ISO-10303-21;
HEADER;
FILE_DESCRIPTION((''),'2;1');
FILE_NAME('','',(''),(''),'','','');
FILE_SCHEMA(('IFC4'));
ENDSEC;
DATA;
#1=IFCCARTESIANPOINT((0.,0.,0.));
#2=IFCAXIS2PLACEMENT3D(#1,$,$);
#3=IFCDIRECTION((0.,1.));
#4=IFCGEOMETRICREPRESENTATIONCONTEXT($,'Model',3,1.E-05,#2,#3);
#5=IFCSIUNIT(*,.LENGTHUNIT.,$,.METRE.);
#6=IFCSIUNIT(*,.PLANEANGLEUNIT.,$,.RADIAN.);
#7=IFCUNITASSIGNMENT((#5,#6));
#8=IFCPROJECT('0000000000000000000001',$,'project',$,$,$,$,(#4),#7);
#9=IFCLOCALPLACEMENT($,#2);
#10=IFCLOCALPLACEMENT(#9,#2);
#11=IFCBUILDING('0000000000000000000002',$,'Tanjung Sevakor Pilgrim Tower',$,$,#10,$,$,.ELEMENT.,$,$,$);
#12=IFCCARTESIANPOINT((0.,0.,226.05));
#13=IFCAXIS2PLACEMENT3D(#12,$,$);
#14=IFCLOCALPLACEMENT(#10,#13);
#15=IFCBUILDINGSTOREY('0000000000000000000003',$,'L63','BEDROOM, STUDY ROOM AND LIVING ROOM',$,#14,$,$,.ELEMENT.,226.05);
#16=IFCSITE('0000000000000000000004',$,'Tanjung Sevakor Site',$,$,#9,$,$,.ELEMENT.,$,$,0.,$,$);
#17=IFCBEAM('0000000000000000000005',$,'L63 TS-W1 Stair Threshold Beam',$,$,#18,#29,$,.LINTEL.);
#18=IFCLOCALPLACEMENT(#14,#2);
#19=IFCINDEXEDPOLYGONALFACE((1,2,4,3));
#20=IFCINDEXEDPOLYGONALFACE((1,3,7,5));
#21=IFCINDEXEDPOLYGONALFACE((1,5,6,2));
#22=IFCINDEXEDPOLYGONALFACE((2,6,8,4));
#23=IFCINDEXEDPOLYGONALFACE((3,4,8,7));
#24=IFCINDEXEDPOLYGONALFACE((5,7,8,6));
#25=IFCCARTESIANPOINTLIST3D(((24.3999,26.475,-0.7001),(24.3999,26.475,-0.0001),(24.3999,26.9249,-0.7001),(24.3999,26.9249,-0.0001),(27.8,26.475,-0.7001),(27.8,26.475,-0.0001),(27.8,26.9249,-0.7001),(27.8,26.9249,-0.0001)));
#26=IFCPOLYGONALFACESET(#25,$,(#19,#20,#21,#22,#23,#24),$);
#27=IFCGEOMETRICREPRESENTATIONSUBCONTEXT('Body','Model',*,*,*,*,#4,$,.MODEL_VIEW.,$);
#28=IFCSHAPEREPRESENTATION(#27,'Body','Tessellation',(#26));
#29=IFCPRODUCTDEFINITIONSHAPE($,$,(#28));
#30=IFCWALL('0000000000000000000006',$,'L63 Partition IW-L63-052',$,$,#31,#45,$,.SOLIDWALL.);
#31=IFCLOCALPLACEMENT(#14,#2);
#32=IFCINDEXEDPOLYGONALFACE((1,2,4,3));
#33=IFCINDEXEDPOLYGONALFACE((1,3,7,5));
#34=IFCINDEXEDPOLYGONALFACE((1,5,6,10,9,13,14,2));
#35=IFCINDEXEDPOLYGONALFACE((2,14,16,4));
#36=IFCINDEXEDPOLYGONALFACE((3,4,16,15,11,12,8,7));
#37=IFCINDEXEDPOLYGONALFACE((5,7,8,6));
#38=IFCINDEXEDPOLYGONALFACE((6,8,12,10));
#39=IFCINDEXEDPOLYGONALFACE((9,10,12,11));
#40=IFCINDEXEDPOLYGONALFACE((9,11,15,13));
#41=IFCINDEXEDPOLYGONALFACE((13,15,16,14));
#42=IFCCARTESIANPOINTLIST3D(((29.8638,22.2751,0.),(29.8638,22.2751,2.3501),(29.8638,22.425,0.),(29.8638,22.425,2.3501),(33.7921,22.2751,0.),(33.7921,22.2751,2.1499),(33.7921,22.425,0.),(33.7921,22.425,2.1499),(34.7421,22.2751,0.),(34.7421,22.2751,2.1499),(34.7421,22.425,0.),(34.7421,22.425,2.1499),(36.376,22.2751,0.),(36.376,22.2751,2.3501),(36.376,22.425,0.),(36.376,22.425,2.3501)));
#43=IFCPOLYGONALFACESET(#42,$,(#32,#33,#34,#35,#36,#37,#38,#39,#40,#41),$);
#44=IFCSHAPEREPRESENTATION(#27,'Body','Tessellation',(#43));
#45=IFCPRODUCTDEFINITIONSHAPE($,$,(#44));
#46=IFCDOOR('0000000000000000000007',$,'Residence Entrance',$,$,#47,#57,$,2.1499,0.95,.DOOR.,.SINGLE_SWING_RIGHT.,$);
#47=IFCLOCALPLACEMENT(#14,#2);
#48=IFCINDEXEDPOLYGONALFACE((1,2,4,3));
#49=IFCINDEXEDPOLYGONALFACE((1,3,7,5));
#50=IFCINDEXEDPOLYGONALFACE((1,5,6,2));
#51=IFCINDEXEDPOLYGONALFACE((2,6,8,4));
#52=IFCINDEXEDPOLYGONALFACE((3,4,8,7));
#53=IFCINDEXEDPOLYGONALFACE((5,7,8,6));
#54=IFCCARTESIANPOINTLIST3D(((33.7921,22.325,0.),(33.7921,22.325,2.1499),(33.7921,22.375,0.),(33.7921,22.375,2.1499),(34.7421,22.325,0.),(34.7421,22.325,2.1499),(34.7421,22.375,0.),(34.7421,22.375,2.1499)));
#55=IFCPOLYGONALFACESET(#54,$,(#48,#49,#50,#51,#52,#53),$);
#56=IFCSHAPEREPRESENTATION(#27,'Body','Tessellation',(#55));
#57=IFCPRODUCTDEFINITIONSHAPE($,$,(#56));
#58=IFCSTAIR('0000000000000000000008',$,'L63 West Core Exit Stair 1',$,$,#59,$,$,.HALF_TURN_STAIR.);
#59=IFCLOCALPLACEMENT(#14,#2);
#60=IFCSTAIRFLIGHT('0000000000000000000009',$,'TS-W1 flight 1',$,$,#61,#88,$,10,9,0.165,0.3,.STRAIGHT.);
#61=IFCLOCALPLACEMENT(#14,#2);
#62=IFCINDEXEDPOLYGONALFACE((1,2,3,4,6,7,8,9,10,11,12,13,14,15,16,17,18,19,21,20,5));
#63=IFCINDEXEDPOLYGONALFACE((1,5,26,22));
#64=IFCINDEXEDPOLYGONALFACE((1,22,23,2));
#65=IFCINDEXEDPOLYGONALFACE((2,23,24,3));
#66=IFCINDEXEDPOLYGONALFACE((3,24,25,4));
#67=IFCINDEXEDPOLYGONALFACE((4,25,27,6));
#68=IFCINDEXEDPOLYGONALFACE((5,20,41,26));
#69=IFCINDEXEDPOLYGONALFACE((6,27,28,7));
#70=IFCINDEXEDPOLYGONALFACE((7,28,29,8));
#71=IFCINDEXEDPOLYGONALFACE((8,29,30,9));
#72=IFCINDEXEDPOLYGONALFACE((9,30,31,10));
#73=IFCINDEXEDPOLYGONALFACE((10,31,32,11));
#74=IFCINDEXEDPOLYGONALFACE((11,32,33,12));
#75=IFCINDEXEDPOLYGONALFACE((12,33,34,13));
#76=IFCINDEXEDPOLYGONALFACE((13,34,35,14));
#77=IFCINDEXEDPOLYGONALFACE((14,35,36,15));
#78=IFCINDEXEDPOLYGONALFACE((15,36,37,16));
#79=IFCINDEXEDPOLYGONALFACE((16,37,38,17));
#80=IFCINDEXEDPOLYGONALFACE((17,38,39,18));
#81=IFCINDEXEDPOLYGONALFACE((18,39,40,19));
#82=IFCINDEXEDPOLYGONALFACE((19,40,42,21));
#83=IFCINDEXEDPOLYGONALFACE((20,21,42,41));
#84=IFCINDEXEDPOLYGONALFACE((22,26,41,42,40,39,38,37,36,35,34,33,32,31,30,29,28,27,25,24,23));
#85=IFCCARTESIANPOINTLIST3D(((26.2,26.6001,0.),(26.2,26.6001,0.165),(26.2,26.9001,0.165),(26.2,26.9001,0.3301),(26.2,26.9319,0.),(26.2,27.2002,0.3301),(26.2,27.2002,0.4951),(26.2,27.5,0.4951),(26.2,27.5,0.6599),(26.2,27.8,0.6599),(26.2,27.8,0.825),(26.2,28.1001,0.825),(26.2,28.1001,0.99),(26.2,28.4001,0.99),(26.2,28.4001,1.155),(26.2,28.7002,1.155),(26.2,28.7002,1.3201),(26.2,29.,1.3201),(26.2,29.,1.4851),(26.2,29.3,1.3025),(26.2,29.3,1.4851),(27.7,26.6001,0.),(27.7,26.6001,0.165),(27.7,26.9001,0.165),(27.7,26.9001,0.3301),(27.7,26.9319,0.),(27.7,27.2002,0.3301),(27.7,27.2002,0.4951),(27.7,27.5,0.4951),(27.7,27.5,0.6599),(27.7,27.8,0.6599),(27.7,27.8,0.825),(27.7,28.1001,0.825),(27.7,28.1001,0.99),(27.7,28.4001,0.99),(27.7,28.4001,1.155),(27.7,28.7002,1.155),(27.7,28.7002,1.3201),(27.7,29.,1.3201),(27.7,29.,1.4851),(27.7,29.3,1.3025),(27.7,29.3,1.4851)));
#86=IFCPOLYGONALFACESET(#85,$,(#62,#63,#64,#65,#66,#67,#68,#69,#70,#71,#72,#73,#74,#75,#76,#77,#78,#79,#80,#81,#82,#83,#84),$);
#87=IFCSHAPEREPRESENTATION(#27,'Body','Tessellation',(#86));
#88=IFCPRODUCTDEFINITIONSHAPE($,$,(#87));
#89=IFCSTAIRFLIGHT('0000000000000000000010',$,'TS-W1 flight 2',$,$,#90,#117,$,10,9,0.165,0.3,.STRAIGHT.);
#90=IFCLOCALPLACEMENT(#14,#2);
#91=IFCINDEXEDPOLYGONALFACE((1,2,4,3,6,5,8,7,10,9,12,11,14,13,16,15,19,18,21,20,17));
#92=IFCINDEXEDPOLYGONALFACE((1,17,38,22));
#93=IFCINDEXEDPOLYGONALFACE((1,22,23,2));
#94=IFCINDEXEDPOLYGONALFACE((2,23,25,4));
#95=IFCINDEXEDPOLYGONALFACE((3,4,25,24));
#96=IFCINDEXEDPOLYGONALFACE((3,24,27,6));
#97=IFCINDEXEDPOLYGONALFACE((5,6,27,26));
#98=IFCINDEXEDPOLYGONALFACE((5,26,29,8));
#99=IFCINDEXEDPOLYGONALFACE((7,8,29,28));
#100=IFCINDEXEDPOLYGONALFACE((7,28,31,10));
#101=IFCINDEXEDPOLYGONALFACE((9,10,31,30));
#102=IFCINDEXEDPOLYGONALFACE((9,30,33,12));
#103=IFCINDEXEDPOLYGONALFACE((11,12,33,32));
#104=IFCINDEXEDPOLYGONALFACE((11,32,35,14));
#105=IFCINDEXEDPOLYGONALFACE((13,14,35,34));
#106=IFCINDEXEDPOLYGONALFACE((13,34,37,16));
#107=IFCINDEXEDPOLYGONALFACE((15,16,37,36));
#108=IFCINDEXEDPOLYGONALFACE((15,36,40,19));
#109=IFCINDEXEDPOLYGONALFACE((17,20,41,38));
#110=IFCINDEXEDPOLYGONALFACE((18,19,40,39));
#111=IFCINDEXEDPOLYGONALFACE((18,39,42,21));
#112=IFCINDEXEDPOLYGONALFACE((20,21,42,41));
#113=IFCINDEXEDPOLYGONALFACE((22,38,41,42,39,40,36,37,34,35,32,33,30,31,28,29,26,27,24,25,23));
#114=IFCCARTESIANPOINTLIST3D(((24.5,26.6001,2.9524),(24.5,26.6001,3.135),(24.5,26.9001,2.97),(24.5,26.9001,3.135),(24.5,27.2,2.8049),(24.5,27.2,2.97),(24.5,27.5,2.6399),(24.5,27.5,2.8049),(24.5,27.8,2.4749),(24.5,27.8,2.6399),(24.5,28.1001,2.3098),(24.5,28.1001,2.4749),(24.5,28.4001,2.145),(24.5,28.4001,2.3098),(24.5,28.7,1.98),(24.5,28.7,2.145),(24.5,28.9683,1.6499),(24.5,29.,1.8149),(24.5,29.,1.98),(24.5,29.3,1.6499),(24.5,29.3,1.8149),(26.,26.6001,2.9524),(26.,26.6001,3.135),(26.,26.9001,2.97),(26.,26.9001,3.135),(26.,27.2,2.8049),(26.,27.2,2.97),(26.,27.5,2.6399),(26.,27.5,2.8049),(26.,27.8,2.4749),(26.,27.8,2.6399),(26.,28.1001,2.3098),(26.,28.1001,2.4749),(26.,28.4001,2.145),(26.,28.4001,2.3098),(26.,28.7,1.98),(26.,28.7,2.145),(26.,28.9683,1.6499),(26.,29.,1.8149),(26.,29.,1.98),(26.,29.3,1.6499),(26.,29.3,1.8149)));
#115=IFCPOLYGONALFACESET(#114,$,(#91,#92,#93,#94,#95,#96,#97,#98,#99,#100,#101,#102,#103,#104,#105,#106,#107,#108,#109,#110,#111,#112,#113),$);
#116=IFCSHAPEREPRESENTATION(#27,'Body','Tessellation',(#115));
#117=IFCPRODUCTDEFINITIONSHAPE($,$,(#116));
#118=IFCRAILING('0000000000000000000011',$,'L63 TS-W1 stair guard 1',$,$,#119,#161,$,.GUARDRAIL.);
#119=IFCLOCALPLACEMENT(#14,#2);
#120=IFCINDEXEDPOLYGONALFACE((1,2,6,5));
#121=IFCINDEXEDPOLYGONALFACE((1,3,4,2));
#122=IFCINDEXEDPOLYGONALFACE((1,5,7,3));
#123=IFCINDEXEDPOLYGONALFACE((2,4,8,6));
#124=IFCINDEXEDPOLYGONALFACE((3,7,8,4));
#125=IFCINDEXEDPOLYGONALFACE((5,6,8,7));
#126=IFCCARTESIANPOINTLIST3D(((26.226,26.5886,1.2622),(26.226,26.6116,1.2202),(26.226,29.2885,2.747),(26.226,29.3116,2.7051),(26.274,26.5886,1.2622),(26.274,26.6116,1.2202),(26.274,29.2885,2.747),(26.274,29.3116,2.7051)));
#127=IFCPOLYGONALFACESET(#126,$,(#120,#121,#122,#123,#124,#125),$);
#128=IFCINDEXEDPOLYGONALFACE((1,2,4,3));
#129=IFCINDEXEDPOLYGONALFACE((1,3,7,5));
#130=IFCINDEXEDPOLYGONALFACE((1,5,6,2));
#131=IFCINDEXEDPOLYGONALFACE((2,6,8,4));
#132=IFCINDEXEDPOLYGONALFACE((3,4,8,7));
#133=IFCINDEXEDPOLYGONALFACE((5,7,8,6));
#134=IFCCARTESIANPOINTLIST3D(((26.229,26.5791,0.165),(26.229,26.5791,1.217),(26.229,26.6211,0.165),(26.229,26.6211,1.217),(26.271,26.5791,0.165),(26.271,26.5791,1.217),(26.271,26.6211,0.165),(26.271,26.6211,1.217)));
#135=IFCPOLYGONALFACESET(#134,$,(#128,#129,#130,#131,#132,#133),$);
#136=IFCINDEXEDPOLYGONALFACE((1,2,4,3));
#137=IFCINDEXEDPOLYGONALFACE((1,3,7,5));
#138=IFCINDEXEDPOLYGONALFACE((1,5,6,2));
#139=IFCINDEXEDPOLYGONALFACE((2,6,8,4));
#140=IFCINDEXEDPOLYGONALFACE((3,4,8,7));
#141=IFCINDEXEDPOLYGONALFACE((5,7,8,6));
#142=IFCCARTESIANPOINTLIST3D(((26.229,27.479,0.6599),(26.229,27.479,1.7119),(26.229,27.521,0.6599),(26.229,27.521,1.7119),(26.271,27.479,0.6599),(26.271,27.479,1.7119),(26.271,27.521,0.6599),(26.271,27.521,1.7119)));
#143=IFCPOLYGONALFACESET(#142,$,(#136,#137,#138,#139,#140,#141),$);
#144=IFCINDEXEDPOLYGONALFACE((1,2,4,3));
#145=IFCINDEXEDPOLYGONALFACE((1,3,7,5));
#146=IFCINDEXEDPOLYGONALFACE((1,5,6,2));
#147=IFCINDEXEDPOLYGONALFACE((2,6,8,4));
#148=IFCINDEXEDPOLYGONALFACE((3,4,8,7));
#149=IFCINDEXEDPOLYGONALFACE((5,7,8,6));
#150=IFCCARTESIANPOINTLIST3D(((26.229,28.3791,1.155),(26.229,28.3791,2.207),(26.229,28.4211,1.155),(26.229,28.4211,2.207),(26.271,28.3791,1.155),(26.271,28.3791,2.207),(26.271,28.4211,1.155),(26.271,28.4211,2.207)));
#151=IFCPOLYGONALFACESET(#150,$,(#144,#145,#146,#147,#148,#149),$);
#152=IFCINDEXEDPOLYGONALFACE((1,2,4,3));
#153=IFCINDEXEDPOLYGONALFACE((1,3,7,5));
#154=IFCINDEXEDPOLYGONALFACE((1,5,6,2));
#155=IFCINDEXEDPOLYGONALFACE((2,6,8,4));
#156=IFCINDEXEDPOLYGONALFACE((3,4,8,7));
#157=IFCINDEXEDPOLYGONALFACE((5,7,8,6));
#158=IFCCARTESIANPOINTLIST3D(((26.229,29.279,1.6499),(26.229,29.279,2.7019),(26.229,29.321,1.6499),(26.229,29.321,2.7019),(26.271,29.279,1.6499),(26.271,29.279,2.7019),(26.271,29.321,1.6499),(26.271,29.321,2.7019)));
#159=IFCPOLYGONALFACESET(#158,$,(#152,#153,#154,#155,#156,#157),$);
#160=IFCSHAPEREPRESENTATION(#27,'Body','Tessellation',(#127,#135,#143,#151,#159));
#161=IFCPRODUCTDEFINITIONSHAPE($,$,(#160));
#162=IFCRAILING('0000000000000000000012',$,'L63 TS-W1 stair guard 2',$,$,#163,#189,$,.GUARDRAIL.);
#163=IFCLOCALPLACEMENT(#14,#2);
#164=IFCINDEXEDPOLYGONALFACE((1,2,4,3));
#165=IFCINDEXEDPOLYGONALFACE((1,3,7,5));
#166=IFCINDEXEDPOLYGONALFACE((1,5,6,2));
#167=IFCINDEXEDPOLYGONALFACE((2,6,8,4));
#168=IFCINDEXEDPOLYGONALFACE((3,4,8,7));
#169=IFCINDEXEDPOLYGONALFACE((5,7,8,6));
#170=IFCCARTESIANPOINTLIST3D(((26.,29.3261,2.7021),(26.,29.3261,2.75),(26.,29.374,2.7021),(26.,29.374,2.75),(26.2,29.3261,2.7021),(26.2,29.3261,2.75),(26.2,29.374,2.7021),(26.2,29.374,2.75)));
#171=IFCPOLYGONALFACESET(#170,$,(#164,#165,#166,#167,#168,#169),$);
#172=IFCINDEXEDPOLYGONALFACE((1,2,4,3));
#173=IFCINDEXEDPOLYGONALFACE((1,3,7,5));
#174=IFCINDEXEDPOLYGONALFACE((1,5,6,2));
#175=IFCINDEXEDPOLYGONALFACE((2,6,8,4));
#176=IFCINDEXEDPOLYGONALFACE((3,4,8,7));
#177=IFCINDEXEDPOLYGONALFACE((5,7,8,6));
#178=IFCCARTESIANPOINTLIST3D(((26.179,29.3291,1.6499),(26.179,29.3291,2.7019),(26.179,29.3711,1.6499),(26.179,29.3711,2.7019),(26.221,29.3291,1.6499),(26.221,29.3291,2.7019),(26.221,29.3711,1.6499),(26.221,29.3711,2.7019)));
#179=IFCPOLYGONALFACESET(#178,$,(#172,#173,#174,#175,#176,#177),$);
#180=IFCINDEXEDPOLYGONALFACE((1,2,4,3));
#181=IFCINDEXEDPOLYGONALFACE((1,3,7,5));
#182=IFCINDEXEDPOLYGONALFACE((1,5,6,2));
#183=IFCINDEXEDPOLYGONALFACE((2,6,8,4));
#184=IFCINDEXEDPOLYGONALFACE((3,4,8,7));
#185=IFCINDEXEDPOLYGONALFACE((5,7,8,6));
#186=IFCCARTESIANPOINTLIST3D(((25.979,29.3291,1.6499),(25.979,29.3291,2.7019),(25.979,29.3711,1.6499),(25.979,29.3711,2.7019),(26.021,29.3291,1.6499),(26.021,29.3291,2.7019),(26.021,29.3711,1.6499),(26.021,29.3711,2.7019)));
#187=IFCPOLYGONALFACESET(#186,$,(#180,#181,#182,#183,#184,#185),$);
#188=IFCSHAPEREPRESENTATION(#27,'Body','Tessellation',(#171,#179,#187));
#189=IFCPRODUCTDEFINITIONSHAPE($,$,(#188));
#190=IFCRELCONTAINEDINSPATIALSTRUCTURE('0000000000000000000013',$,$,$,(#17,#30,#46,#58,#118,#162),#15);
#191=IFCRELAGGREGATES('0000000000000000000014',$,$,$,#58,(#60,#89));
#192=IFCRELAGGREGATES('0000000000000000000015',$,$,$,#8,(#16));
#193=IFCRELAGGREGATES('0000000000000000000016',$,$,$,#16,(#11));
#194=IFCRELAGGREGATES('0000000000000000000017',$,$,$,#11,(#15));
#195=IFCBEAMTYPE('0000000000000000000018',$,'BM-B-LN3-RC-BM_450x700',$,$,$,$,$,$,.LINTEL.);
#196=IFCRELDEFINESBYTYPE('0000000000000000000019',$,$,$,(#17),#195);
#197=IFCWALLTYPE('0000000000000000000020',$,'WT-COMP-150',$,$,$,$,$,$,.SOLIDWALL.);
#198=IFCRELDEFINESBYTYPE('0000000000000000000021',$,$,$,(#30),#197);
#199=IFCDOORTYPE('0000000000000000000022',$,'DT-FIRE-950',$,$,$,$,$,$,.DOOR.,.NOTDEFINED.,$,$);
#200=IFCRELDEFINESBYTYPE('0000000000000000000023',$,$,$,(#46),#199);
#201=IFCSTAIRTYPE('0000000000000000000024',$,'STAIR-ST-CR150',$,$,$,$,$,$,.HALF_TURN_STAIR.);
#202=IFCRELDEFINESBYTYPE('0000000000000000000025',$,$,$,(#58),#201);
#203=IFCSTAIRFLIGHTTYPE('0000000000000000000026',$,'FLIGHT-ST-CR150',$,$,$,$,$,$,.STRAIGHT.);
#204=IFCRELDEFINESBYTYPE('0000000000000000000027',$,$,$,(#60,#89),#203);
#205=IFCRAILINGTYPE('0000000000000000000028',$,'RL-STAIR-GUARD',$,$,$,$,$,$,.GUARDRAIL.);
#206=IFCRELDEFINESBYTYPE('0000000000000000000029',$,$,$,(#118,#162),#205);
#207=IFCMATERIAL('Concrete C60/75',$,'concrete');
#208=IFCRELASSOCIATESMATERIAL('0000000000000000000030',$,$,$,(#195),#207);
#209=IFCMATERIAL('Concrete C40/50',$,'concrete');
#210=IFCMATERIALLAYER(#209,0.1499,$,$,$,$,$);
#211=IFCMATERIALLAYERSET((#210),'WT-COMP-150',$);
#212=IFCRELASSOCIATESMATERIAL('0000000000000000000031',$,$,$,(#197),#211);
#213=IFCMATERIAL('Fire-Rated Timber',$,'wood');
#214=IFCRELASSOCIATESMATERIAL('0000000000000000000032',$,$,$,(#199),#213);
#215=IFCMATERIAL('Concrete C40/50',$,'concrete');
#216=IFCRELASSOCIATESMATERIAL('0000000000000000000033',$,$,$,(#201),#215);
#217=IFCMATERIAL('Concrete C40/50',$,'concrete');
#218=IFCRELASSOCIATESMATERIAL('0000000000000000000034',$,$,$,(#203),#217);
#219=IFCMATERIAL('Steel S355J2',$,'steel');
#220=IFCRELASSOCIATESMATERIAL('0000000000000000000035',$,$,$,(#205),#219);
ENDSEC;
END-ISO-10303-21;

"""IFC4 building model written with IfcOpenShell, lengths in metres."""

from ifc_helpers import new_model, si_unit, direction, frame, frame_2d, origin, origin_2d, place, context, subcontext, project, spatial, polyline, rectangle, outline, extrude, material, layer, layer_set, material_profile, profile_set, type_object, element, fill, aggregate, save


model = new_model("IFC4")

# Units and contexts
model_context = context("Model", 3, precision=1e-05, world=origin(), true_north=direction((0.0, 1.0)))
body_context = subcontext(model_context, "Body", "Model", "MODEL_VIEW")
ifc_project = project(units=[si_unit("LENGTHUNIT", "METRE"), si_unit("PLANEANGLEUNIT", "RADIAN")], contexts=[model_context])

# Site, building, storey
site_placement = place(None, origin())
site = spatial("IfcSite", under=ifc_project, at=site_placement, Name="Tanjung Sevakor Site", CompositionType="ELEMENT", RefElevation=0.0)
building_placement = place(site_placement, origin())
building = spatial("IfcBuilding", under=site, at=building_placement, Name="Tanjung Sevakor Pilgrim Tower", CompositionType="ELEMENT")
storey_placement = place(building_placement, frame((0.0, 0.0, 226.05)))
storey = spatial("IfcBuildingStorey", under=building, at=storey_placement, Name="L63", Description="BEDROOM, STUDY ROOM AND LIVING ROOM", CompositionType="ELEMENT", Elevation=226.05)

# Beam
ifc_material_1 = material(Name="Concrete C60/75", Category="concrete")
ifc_material_profile = material_profile(ifc_material_1, rectangle(XDim=0.45, YDim=0.7, at=origin_2d()))
ifc_profile_set = profile_set([ifc_material_profile], Name="Concrete C60/75")
beam_type = type_object("IfcBeamType", Name="BM-B-LN3-RC-BM_450x700", PredefinedType="LINTEL", material=ifc_profile_set)
beam_placement = place(storey_placement, frame((24.3999, 26.7, -0.3501), z_axis=(1.0, 0.0, 0.0), x_axis=(0.0, 1.0, 0.0)))
element("IfcBeam", 1, at=beam_placement, inside=storey, type_object=beam_type, Name="L63 TS-W1 Stair Threshold Beam", PredefinedType="LINTEL", context=body_context, shape_type="SweptSolid", body=[
    extrude(rectangle(XDim=0.45, YDim=0.7, at=origin_2d()), origin(), (0.0, 0.0, 1.0), 3.4001),
])

# Wall, opening, door
ifc_material_2 = material(Name="Concrete C40/50", Category="concrete")
ifc_layer_1 = layer(ifc_material_2, 0.1499)
ifc_layer_set_1 = layer_set([ifc_layer_1], Name="WT-COMP-150")
wall_type_1 = type_object("IfcWallType", Name="WT-COMP-150", PredefinedType="SOLIDWALL", material=ifc_layer_set_1)
wall_1_placement = place(storey_placement, frame((29.8638, 22.3501, 0.0), z_axis=(0.0, 0.0, 1.0), x_axis=(1.0, 0.0, 0.0)))
wall_1 = element("IfcWall", 2, at=wall_1_placement, inside=storey, type_object=wall_type_1, Name="L63 Partition IW-L63-052", PredefinedType="SOLIDWALL", context=body_context, shape_type="SweptSolid", body=[
    extrude(rectangle(XDim=6.5122, YDim=0.1499, at=frame_2d((3.2561, 0.0))), origin(), (0.0, 0.0, 1.0), 2.3501),
])
opening_1_placement = place(wall_1_placement, frame((3.9282, 0.0, 0.0)))
opening_1 = element("IfcOpeningElement", 3, at=opening_1_placement, cuts=wall_1, PredefinedType="OPENING", context=body_context, shape_type="SweptSolid", body=[
    extrude(rectangle(XDim=0.95, YDim=2.1499, at=frame_2d((0.4751, 1.075))), frame((0.0, 0.085, 0.0), z_axis=(0.0, -1.0, 0.0), x_axis=(1.0, 0.0, 0.0)), (0.0, 0.0, 1.0), 0.1699),
])
ifc_material_3 = material(Name="Fire-Rated Timber", Category="wood")
door_type_1 = type_object("IfcDoorType", Name="DT-FIRE-950", OperationType="NOTDEFINED", PredefinedType="DOOR", material=ifc_material_3)
door_1_placement = place(opening_1_placement, origin())
door_1 = element("IfcDoor", 4, at=door_1_placement, inside=storey, type_object=door_type_1, Name="Residence Entrance", OperationType="SINGLE_SWING_RIGHT", OverallHeight=2.1499, OverallWidth=0.95, PredefinedType="DOOR", context=body_context, shape_type="SweptSolid", body=[
    extrude(rectangle(XDim=0.95, YDim=2.1499, at=frame_2d((0.4751, 1.075))), frame((0.0, 0.0249, 0.0), z_axis=(0.0, -1.0, 0.0), x_axis=(1.0, 0.0, 0.0)), (0.0, 0.0, 1.0), 0.05),
])
fill(opening_1, door_1)

# Stair, stair flights
ifc_material_4 = material(Name="Concrete C40/50", Category="concrete")
stair_type = type_object("IfcStairType", Name="STAIR-ST-CR150", PredefinedType="HALF_TURN_STAIR", material=ifc_material_4)
stair_placement = place(storey_placement, origin())
stair = element("IfcStair", 5, at=stair_placement, inside=storey, type_object=stair_type, Name="L63 West Core Exit Stair 1", PredefinedType="HALF_TURN_STAIR")
ifc_material_5 = material(Name="Concrete C40/50", Category="concrete")
stair_flight_type = type_object("IfcStairFlightType", Name="FLIGHT-ST-CR150", PredefinedType="STRAIGHT", material=ifc_material_5)
stair_flight_1_placement = place(storey_placement, frame((26.95, 26.6001, 0.0), z_axis=(0.0, 0.0, 1.0), x_axis=(0.0, 1.0, 0.0)))
stair_flight_1 = element("IfcStairFlight", 6, at=stair_flight_1_placement, type_object=stair_flight_type, Name="TS-W1 flight 1", NumberOfRisers=10, NumberOfTreads=9, PredefinedType="STRAIGHT", RiserHeight=0.165, TreadLength=0.3, context=body_context, shape_type="SweptSolid", body=[
    extrude(outline(polyline([(0.0, 0.0), (0.0, 0.165), (0.3, 0.165), (0.3, 0.3301), (0.6001, 0.3301), (0.6001, 0.4951), (0.8999, 0.4951), (0.8999, 0.6599), (1.2, 0.6599), (1.2, 0.825), (1.5, 0.825), (1.5, 0.99), (1.8, 0.99), (1.8, 1.155), (2.1001, 1.155), (2.1001, 1.3201), (2.3999, 1.3201), (2.3999, 1.4851), (2.7, 1.4851), (2.7, 1.6499), (2.7, 1.3025), (0.3318, 0.0), (0.0, 0.0)])), frame((0.0, 0.75, 0.0), z_axis=(0.0, -1.0, 0.0), x_axis=(1.0, 0.0, 0.0)), (0.0, 0.0, 1.0), 1.5),
])
stair_flight_2_placement = place(storey_placement, frame((25.25, 29.3, 1.6499), z_axis=(0.0, 0.0, 1.0), x_axis=(0.0, -1.0, 0.0)))
stair_flight_2 = element("IfcStairFlight", 7, at=stair_flight_2_placement, type_object=stair_flight_type, Name="TS-W1 flight 2", NumberOfRisers=10, NumberOfTreads=9, PredefinedType="STRAIGHT", RiserHeight=0.165, TreadLength=0.3, context=body_context, shape_type="SweptSolid", body=[
    extrude(outline(polyline([(0.0, 0.0), (0.0, 0.165), (0.3, 0.165), (0.3, 0.3301), (0.6001, 0.3301), (0.6001, 0.4951), (0.8999, 0.4951), (0.8999, 0.6599), (1.2, 0.6599), (1.2, 0.825), (1.5, 0.825), (1.5, 0.99), (1.8, 0.99), (1.8, 1.155), (2.1001, 1.155), (2.1001, 1.3201), (2.3999, 1.3201), (2.3999, 1.4851), (2.7, 1.4851), (2.7, 1.6499), (2.7, 1.3025), (0.3318, 0.0), (0.0, 0.0)])), frame((0.0, 0.75, 0.0), z_axis=(0.0, -1.0, 0.0), x_axis=(1.0, 0.0, 0.0)), (0.0, 0.0, 1.0), 1.5),
])
aggregate(stair, [stair_flight_1, stair_flight_2])

# Railings
ifc_material_6 = material(Name="Steel S355J2", Category="steel")
railing_type_1 = type_object("IfcRailingType", Name="RL-STAIR-GUARD", PredefinedType="GUARDRAIL", material=ifc_material_6)
railing_1_placement = place(storey_placement, frame((26.25, 26.6001, 0.165)))
element("IfcRailing", 8, at=railing_1_placement, inside=storey, type_object=railing_type_1, Name="L63 TS-W1 stair guard 1", PredefinedType="GUARDRAIL", context=body_context, shape_type="SweptSolid", body=[
    extrude(rectangle(XDim=0.0479, YDim=0.0479), frame((0.0, 0.0, 1.0762), z_axis=(0.0, 0.876231, 0.481891), x_axis=(-1.0, 0.0, 0.0)), (0.0, 0.0, 1.0), 3.0813),
    extrude(rectangle(XDim=0.042, YDim=0.042), origin(), (0.0, 0.0, 1.0), 1.052),
    extrude(rectangle(XDim=0.042, YDim=0.042), frame((0.0, 0.8999, 0.4949)), (0.0, 0.0, 1.0), 1.052),
    extrude(rectangle(XDim=0.042, YDim=0.042), frame((0.0, 1.8, 0.99)), (0.0, 0.0, 1.0), 1.052),
    extrude(rectangle(XDim=0.042, YDim=0.042), frame((0.0, 2.7, 1.4849)), (0.0, 0.0, 1.0), 1.052),
])
railing_2_placement = place(storey_placement, frame((26.2, 29.3501, 1.6499)))
element("IfcRailing", 9, at=railing_2_placement, inside=storey, type_object=railing_type_1, Name="L63 TS-W1 stair guard 2", PredefinedType="GUARDRAIL", context=body_context, shape_type="SweptSolid", body=[
    extrude(rectangle(XDim=0.0479, YDim=0.0479), frame((0.0, 0.0, 1.0762), z_axis=(-1.0, 0.0, 0.0), x_axis=(0.0, -1.0, 0.0)), (0.0, 0.0, 1.0), 0.2),
    extrude(rectangle(XDim=0.042, YDim=0.042), origin(), (0.0, 0.0, 1.0), 1.052),
    extrude(rectangle(XDim=0.042, YDim=0.042), frame((-0.2, 0.0, 0.0)), (0.0, 0.0, 1.0), 1.052),
])

save(model, "model.ifc")
